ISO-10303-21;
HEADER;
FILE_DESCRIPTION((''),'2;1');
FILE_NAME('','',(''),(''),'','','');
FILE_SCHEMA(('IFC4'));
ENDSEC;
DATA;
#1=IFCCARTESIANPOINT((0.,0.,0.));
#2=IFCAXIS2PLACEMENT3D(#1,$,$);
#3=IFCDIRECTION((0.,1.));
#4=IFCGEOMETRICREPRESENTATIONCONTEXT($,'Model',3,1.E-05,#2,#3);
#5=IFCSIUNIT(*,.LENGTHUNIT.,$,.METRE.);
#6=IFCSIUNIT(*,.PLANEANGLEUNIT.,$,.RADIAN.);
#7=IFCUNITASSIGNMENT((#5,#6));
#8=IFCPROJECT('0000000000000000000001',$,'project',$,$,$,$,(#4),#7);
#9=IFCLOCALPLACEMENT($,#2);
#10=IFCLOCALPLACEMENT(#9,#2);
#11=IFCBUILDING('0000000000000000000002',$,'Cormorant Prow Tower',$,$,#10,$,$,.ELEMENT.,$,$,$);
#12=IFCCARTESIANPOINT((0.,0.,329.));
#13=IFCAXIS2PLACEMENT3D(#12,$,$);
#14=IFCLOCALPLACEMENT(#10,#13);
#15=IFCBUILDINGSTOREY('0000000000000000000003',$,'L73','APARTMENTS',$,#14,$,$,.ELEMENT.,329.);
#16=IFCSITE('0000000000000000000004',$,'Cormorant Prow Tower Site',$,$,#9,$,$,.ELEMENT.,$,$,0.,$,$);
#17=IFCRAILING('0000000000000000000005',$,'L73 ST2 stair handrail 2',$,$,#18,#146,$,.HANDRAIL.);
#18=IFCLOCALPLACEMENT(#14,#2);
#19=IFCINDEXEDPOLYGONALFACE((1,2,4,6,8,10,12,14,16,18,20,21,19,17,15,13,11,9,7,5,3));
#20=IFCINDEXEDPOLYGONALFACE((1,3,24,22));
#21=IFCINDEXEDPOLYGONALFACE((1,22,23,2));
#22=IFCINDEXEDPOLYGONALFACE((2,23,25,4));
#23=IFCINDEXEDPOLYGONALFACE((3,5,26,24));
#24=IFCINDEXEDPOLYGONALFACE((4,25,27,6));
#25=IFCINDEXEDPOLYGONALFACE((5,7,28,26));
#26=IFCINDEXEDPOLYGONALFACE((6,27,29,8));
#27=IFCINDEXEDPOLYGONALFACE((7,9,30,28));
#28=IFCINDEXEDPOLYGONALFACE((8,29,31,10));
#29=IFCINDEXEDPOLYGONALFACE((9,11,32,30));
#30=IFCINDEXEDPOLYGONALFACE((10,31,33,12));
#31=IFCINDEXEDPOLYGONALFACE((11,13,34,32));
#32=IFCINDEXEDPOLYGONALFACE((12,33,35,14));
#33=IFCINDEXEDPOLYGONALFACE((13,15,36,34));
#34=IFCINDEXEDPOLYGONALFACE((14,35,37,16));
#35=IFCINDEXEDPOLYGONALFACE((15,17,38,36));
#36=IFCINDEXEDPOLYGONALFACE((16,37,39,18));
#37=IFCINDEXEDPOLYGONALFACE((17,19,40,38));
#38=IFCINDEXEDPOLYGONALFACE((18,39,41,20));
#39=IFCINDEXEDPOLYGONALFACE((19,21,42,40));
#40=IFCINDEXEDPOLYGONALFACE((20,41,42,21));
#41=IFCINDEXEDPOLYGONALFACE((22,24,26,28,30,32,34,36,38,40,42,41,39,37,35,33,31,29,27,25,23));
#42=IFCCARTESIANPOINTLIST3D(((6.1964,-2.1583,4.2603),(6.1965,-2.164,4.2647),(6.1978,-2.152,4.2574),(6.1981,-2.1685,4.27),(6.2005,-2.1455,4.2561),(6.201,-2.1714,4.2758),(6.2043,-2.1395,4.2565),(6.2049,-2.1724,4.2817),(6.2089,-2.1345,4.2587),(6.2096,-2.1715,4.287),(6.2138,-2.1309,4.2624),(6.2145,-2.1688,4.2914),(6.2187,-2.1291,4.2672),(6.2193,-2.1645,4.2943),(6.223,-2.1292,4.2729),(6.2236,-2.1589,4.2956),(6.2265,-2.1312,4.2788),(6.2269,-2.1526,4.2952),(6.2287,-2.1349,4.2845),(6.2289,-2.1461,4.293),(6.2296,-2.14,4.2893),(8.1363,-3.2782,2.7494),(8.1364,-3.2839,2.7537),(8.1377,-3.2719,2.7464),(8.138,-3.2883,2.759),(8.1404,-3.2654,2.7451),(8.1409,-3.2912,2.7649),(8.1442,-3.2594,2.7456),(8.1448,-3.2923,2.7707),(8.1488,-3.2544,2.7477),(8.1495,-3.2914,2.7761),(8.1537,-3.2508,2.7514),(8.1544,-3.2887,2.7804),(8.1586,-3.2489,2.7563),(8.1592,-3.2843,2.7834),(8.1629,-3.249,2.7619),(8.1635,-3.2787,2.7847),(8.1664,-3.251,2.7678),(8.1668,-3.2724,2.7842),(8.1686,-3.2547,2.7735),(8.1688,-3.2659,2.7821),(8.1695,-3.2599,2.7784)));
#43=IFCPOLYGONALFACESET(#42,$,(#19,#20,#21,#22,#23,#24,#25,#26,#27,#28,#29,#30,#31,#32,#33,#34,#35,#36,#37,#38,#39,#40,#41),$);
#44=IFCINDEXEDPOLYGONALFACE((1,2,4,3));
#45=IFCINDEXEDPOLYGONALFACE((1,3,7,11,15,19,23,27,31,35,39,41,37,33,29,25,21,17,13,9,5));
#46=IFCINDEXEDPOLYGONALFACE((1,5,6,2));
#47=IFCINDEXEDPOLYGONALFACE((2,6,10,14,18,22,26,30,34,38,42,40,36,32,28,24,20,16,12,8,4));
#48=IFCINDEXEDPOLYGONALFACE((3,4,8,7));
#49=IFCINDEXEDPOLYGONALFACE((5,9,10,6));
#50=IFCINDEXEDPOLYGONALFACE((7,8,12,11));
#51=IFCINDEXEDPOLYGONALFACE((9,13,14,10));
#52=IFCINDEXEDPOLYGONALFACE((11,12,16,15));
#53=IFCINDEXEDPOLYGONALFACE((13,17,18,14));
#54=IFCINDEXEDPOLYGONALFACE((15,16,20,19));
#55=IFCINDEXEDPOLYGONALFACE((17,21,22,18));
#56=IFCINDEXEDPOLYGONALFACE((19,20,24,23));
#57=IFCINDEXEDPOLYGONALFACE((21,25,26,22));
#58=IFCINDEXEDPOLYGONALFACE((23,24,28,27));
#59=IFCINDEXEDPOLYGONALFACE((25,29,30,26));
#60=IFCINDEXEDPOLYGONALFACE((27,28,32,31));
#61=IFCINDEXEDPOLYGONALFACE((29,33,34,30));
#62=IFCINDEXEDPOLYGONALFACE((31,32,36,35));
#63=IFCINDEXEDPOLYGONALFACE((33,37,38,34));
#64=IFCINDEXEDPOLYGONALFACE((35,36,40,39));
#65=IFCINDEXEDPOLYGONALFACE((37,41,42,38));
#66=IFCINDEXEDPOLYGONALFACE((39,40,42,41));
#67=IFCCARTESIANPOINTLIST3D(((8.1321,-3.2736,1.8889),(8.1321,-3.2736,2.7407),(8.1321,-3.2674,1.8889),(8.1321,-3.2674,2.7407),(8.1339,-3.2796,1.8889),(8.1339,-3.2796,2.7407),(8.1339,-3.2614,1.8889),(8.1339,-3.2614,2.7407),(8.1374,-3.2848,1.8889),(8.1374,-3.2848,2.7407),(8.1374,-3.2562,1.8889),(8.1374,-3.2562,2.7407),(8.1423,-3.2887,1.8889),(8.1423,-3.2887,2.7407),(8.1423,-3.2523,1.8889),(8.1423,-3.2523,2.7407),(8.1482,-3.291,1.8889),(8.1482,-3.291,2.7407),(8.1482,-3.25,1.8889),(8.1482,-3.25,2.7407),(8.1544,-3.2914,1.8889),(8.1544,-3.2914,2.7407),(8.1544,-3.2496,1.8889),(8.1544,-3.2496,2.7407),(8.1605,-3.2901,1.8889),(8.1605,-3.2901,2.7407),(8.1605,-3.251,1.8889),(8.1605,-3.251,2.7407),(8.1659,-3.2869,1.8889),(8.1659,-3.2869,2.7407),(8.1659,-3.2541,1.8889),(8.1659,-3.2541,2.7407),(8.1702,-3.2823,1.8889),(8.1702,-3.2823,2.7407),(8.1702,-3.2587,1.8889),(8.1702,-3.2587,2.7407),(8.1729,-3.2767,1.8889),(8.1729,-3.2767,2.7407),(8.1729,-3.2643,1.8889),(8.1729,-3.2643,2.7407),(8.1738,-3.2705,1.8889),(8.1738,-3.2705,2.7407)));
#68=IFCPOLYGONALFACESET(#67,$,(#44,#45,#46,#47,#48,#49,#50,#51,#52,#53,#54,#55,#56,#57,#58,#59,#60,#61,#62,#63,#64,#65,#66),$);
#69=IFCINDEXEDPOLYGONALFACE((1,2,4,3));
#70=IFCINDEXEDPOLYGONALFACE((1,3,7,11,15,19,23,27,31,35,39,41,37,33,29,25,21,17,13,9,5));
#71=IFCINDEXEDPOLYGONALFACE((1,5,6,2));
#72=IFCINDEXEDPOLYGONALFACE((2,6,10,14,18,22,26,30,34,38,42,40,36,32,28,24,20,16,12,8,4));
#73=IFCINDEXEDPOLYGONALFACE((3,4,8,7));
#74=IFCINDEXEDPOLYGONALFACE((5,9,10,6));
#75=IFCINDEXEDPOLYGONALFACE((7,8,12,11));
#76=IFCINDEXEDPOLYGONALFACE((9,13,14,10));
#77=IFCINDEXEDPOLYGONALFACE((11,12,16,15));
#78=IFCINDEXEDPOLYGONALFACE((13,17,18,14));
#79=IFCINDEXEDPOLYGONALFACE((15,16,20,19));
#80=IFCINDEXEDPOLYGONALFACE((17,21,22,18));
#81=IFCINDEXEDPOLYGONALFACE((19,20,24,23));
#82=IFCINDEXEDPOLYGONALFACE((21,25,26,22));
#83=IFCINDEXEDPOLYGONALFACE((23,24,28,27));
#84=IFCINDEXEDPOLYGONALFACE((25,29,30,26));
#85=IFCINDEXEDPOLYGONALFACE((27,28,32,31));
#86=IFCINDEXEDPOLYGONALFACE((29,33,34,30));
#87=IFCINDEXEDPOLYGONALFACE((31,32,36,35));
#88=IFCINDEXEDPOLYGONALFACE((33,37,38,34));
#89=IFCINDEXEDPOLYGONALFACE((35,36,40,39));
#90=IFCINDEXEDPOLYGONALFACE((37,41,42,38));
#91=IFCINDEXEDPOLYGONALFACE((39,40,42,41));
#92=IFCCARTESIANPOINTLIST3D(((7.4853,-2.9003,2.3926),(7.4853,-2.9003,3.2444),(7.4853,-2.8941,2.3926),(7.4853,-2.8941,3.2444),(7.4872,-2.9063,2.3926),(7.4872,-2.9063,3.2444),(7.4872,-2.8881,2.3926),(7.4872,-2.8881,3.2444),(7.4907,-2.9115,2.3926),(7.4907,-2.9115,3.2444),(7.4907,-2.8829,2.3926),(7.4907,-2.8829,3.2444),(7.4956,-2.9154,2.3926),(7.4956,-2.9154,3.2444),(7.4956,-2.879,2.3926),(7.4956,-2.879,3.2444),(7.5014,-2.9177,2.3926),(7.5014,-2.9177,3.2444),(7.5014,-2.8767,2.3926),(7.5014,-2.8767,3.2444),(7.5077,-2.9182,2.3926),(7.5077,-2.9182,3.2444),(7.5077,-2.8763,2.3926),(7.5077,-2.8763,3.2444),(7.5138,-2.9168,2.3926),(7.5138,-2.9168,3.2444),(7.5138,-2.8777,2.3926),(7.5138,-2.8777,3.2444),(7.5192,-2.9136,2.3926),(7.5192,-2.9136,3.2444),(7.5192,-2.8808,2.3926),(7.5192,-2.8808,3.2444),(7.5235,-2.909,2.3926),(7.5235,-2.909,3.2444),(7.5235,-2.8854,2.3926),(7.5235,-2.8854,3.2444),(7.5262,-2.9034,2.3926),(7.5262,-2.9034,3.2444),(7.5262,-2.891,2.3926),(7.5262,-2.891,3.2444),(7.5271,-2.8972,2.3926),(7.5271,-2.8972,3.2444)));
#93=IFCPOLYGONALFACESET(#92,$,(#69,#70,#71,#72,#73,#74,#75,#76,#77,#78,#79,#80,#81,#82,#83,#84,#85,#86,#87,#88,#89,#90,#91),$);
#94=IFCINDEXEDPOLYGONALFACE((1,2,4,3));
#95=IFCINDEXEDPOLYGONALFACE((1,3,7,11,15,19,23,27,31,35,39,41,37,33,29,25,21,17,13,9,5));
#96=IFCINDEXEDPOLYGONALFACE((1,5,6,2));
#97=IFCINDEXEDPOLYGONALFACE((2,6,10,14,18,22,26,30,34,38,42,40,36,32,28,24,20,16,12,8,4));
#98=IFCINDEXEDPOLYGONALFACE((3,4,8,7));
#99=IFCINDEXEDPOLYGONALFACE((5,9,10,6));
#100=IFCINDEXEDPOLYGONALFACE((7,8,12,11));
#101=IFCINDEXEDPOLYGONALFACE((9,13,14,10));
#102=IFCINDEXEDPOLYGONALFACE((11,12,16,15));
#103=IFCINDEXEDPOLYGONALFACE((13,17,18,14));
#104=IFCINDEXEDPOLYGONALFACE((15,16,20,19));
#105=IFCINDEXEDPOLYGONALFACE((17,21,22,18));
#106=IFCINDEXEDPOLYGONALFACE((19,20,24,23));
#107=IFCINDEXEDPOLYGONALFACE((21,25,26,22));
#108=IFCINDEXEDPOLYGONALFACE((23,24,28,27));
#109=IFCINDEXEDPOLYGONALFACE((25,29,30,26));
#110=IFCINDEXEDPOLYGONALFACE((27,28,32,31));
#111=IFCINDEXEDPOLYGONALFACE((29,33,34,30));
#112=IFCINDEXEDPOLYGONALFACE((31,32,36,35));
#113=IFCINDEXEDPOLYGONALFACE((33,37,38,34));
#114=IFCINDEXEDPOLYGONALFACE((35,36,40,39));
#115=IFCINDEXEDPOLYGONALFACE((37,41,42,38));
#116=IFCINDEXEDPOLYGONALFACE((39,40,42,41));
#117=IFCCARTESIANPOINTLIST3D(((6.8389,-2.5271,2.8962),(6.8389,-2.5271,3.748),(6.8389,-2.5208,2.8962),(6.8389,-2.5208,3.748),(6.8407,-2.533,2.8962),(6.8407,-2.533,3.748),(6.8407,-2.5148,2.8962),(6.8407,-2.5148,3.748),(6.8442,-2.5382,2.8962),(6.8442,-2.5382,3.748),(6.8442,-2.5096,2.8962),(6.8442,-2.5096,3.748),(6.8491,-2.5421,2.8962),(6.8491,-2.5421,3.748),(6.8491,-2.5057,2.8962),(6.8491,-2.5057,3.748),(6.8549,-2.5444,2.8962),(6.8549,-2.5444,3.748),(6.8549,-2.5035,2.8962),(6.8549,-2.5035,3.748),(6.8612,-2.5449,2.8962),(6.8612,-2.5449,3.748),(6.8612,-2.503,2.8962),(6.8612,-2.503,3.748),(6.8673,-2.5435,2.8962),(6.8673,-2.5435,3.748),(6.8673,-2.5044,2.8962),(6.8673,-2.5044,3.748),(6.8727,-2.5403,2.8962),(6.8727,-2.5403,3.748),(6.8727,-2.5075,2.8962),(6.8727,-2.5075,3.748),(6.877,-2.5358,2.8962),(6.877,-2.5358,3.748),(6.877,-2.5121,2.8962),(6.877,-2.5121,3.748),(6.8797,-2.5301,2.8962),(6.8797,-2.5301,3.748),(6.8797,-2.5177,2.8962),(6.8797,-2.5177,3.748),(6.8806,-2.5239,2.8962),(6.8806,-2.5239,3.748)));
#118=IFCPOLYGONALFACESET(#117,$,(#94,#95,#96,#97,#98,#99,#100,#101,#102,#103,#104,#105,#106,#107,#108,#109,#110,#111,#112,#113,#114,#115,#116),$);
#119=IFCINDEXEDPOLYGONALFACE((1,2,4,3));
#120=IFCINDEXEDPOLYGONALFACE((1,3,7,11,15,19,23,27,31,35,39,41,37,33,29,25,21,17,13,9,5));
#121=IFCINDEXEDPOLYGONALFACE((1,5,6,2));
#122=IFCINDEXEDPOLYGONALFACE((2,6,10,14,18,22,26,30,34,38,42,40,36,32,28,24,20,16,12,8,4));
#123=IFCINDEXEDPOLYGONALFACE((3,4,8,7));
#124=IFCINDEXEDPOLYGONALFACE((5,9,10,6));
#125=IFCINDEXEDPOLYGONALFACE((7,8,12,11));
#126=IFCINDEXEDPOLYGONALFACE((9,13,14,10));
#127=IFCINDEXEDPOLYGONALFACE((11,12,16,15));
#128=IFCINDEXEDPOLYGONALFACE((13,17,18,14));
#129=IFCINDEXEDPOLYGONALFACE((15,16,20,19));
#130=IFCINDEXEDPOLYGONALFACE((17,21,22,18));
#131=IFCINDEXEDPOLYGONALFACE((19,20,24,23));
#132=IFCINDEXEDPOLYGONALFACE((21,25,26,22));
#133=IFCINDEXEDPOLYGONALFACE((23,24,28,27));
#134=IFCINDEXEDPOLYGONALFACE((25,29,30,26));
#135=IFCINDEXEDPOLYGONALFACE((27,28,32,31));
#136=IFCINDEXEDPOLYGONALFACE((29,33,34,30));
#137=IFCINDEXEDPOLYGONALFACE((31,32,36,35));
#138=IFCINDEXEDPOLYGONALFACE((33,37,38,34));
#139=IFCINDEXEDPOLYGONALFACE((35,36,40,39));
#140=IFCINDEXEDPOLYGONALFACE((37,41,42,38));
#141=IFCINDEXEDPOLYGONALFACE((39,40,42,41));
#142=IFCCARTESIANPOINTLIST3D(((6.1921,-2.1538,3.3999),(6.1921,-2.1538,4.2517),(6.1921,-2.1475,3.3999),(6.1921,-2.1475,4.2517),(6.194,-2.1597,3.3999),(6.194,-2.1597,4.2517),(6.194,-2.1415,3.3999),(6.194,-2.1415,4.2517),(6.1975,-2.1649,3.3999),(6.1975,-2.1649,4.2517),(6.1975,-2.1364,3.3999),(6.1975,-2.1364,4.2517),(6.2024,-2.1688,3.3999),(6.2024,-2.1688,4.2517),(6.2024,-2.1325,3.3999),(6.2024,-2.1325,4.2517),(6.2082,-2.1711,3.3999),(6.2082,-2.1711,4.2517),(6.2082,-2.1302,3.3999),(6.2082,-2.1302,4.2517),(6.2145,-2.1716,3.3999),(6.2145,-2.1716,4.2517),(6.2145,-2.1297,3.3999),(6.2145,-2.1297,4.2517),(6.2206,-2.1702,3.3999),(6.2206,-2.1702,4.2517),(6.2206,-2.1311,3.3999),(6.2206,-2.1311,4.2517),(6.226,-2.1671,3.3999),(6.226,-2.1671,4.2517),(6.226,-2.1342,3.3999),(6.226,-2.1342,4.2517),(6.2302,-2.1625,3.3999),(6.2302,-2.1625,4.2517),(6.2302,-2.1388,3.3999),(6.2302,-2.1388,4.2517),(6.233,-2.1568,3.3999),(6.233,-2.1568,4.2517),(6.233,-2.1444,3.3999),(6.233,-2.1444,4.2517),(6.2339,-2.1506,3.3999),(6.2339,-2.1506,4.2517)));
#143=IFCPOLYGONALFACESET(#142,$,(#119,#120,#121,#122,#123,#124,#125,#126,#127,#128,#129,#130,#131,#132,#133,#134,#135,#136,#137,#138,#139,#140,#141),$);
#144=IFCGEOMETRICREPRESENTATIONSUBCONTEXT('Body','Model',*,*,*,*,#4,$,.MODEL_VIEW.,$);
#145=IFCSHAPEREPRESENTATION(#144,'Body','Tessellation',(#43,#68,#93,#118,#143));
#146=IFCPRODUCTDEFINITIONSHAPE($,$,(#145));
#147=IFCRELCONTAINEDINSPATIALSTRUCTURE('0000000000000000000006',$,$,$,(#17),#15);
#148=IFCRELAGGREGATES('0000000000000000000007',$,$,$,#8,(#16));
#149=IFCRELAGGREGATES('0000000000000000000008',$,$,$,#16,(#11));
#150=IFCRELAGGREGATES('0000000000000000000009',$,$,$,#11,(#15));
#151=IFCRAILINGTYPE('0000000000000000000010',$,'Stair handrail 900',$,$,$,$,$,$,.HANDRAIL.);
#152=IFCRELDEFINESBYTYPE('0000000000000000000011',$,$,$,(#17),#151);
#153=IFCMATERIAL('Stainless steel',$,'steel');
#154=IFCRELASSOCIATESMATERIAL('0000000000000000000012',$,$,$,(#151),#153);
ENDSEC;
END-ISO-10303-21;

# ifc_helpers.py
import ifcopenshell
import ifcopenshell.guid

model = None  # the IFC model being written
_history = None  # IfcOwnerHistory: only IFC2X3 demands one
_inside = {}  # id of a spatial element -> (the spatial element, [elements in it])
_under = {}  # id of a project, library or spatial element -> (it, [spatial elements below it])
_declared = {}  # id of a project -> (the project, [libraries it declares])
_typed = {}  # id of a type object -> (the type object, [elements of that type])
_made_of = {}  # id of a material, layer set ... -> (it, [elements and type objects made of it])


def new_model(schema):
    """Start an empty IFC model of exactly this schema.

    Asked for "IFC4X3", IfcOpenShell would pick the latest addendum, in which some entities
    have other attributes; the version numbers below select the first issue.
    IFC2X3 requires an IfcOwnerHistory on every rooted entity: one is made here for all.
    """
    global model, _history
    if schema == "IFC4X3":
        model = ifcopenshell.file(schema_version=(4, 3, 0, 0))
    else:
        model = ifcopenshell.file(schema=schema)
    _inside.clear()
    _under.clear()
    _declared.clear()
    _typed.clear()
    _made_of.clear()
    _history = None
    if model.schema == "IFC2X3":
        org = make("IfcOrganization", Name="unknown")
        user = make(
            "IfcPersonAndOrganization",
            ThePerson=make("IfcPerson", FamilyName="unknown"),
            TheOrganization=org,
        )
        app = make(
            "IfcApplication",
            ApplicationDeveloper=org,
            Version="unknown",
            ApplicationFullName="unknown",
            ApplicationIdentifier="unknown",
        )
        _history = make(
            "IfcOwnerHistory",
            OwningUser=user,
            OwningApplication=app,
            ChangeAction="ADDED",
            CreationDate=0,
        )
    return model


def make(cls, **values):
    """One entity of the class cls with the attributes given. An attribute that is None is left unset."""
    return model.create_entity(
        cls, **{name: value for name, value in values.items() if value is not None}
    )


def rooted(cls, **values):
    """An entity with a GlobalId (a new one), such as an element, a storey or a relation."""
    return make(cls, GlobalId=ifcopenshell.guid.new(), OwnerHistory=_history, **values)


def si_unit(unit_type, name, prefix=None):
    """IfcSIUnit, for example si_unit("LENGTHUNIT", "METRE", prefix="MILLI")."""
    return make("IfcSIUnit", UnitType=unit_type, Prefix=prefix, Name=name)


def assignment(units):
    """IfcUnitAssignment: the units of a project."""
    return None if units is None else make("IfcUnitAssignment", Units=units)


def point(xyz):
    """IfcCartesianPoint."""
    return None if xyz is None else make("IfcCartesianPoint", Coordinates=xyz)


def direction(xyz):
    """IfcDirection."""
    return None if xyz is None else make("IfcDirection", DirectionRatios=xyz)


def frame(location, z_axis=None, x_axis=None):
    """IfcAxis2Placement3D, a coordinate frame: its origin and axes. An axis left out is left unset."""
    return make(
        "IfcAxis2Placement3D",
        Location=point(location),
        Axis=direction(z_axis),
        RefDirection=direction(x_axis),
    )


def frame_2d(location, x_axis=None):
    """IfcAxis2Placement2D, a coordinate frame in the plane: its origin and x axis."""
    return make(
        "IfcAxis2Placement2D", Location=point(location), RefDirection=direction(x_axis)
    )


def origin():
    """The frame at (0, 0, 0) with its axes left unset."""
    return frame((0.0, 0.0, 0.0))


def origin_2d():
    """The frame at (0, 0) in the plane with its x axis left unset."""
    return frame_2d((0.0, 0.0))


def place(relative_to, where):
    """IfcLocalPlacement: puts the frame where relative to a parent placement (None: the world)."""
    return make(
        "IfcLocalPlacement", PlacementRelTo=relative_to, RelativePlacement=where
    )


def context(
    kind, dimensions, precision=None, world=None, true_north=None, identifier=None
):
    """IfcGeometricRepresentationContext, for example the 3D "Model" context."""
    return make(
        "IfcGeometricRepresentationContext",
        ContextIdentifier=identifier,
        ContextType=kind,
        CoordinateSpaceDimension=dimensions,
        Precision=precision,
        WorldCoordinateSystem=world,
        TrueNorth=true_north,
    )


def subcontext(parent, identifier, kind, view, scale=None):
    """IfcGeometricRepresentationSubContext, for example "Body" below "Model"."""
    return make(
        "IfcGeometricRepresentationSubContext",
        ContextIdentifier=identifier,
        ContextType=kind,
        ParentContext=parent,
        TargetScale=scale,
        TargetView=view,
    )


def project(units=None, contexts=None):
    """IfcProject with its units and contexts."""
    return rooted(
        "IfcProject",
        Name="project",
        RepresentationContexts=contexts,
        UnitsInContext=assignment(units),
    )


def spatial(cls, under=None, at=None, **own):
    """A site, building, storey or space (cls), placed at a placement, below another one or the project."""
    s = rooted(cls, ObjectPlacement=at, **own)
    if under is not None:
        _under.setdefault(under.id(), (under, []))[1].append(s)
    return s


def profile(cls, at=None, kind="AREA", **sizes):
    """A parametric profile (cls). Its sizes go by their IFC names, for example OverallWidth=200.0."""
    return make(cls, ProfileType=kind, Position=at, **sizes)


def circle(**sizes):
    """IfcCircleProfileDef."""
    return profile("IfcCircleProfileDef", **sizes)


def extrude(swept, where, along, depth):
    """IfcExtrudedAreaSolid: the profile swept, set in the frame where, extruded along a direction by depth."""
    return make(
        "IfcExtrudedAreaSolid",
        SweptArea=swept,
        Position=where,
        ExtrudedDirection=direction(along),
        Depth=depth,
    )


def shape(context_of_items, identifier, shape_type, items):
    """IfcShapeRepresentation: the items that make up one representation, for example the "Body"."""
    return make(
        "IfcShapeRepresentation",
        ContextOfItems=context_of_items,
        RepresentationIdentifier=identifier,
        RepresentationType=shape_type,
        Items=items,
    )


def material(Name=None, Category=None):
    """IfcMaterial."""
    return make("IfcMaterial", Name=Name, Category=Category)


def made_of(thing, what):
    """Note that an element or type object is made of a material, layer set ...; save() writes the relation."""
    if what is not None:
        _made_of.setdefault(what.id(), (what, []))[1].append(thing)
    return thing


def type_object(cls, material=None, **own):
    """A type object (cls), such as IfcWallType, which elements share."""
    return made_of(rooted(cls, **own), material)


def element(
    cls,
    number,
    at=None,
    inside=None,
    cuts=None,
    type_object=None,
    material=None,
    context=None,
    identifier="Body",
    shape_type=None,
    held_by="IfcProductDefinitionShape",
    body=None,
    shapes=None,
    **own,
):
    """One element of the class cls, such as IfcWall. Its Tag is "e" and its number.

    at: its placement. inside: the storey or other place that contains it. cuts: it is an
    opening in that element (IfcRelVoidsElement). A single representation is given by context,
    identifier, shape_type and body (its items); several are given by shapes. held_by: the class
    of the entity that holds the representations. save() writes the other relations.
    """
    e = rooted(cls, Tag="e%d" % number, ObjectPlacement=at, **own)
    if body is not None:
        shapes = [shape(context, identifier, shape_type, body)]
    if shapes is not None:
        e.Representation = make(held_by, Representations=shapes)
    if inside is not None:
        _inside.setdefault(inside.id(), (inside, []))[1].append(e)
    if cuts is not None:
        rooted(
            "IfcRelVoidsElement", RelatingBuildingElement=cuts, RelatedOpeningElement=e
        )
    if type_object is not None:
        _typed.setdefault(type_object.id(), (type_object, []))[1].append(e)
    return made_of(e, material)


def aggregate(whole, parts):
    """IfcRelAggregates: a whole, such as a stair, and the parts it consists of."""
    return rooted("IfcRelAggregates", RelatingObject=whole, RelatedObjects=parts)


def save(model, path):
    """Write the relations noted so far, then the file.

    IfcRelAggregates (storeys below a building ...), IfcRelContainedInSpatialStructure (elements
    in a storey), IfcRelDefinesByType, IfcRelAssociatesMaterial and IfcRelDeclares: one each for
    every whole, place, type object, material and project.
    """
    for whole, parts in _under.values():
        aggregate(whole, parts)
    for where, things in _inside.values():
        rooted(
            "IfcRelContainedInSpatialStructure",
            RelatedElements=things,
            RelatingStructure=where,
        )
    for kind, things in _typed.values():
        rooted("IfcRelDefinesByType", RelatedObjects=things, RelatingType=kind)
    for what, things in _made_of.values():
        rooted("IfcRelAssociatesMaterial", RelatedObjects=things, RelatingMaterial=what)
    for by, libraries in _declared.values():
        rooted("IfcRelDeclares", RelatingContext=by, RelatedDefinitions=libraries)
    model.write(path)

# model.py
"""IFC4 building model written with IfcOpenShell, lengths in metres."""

from ifc_helpers import new_model, si_unit, direction, frame, origin, origin_2d, place, context, subcontext, project, spatial, circle, extrude, material, type_object, element, save


model = new_model("IFC4")

# Units and contexts
model_context = context("Model", 3, precision=1e-05, world=origin(), true_north=direction((0.0, 1.0)))
body_context = subcontext(model_context, "Body", "Model", "MODEL_VIEW")
ifc_project = project(units=[si_unit("LENGTHUNIT", "METRE"), si_unit("PLANEANGLEUNIT", "RADIAN")], contexts=[model_context])

# Site, building, storey
site_placement = place(None, origin())
site = spatial("IfcSite", under=ifc_project, at=site_placement, Name="Cormorant Prow Tower Site", CompositionType="ELEMENT", RefElevation=0.0)
building_placement = place(site_placement, origin())
building = spatial("IfcBuilding", under=site, at=building_placement, Name="Cormorant Prow Tower", CompositionType="ELEMENT")
storey_placement = place(building_placement, frame((0.0, 0.0, 329.0)))
storey = spatial("IfcBuildingStorey", under=building, at=storey_placement, Name="L73", Description="APARTMENTS", CompositionType="ELEMENT", Elevation=329.0)

# Railing
ifc_material_1 = material(Name="Stainless steel", Category="steel")
railing_type_1 = type_object("IfcRailingType", Name="Stair handrail 900", PredefinedType="HANDRAIL", material=ifc_material_1)
railing_1_placement = place(storey_placement, frame((8.1528, -3.2705, 1.8889)))
element("IfcRailing", 1, at=railing_1_placement, inside=storey, type_object=railing_type_1, Name="L73 ST2 stair handrail 2", PredefinedType="HANDRAIL", context=body_context, shape_type="SweptSolid", body=[
    extrude(circle(Radius=0.0239, at=origin_2d()), frame((0.0, 0.0, 0.876), z_axis=(-0.717977, 0.414467, 0.559219), x_axis=(-0.499949, -0.866055, 0.0)), (0.0, 0.0, 1.0), 2.7019),
    extrude(circle(Radius=0.021, at=origin_2d()), origin(), (0.0, 0.0, 1.0), 0.8518),
    extrude(circle(Radius=0.021, at=origin_2d()), frame((-0.6467, 0.3733, 0.5037)), (0.0, 0.0, 1.0), 0.8518),
    extrude(circle(Radius=0.021, at=origin_2d()), frame((-1.2932, 0.7466, 1.0073)), (0.0, 0.0, 1.0), 0.8518),
    extrude(circle(Radius=0.021, at=origin_2d()), frame((-1.9399, 1.1199, 1.511)), (0.0, 0.0, 1.0), 0.8518),
])

save(model, "model.ifc")
